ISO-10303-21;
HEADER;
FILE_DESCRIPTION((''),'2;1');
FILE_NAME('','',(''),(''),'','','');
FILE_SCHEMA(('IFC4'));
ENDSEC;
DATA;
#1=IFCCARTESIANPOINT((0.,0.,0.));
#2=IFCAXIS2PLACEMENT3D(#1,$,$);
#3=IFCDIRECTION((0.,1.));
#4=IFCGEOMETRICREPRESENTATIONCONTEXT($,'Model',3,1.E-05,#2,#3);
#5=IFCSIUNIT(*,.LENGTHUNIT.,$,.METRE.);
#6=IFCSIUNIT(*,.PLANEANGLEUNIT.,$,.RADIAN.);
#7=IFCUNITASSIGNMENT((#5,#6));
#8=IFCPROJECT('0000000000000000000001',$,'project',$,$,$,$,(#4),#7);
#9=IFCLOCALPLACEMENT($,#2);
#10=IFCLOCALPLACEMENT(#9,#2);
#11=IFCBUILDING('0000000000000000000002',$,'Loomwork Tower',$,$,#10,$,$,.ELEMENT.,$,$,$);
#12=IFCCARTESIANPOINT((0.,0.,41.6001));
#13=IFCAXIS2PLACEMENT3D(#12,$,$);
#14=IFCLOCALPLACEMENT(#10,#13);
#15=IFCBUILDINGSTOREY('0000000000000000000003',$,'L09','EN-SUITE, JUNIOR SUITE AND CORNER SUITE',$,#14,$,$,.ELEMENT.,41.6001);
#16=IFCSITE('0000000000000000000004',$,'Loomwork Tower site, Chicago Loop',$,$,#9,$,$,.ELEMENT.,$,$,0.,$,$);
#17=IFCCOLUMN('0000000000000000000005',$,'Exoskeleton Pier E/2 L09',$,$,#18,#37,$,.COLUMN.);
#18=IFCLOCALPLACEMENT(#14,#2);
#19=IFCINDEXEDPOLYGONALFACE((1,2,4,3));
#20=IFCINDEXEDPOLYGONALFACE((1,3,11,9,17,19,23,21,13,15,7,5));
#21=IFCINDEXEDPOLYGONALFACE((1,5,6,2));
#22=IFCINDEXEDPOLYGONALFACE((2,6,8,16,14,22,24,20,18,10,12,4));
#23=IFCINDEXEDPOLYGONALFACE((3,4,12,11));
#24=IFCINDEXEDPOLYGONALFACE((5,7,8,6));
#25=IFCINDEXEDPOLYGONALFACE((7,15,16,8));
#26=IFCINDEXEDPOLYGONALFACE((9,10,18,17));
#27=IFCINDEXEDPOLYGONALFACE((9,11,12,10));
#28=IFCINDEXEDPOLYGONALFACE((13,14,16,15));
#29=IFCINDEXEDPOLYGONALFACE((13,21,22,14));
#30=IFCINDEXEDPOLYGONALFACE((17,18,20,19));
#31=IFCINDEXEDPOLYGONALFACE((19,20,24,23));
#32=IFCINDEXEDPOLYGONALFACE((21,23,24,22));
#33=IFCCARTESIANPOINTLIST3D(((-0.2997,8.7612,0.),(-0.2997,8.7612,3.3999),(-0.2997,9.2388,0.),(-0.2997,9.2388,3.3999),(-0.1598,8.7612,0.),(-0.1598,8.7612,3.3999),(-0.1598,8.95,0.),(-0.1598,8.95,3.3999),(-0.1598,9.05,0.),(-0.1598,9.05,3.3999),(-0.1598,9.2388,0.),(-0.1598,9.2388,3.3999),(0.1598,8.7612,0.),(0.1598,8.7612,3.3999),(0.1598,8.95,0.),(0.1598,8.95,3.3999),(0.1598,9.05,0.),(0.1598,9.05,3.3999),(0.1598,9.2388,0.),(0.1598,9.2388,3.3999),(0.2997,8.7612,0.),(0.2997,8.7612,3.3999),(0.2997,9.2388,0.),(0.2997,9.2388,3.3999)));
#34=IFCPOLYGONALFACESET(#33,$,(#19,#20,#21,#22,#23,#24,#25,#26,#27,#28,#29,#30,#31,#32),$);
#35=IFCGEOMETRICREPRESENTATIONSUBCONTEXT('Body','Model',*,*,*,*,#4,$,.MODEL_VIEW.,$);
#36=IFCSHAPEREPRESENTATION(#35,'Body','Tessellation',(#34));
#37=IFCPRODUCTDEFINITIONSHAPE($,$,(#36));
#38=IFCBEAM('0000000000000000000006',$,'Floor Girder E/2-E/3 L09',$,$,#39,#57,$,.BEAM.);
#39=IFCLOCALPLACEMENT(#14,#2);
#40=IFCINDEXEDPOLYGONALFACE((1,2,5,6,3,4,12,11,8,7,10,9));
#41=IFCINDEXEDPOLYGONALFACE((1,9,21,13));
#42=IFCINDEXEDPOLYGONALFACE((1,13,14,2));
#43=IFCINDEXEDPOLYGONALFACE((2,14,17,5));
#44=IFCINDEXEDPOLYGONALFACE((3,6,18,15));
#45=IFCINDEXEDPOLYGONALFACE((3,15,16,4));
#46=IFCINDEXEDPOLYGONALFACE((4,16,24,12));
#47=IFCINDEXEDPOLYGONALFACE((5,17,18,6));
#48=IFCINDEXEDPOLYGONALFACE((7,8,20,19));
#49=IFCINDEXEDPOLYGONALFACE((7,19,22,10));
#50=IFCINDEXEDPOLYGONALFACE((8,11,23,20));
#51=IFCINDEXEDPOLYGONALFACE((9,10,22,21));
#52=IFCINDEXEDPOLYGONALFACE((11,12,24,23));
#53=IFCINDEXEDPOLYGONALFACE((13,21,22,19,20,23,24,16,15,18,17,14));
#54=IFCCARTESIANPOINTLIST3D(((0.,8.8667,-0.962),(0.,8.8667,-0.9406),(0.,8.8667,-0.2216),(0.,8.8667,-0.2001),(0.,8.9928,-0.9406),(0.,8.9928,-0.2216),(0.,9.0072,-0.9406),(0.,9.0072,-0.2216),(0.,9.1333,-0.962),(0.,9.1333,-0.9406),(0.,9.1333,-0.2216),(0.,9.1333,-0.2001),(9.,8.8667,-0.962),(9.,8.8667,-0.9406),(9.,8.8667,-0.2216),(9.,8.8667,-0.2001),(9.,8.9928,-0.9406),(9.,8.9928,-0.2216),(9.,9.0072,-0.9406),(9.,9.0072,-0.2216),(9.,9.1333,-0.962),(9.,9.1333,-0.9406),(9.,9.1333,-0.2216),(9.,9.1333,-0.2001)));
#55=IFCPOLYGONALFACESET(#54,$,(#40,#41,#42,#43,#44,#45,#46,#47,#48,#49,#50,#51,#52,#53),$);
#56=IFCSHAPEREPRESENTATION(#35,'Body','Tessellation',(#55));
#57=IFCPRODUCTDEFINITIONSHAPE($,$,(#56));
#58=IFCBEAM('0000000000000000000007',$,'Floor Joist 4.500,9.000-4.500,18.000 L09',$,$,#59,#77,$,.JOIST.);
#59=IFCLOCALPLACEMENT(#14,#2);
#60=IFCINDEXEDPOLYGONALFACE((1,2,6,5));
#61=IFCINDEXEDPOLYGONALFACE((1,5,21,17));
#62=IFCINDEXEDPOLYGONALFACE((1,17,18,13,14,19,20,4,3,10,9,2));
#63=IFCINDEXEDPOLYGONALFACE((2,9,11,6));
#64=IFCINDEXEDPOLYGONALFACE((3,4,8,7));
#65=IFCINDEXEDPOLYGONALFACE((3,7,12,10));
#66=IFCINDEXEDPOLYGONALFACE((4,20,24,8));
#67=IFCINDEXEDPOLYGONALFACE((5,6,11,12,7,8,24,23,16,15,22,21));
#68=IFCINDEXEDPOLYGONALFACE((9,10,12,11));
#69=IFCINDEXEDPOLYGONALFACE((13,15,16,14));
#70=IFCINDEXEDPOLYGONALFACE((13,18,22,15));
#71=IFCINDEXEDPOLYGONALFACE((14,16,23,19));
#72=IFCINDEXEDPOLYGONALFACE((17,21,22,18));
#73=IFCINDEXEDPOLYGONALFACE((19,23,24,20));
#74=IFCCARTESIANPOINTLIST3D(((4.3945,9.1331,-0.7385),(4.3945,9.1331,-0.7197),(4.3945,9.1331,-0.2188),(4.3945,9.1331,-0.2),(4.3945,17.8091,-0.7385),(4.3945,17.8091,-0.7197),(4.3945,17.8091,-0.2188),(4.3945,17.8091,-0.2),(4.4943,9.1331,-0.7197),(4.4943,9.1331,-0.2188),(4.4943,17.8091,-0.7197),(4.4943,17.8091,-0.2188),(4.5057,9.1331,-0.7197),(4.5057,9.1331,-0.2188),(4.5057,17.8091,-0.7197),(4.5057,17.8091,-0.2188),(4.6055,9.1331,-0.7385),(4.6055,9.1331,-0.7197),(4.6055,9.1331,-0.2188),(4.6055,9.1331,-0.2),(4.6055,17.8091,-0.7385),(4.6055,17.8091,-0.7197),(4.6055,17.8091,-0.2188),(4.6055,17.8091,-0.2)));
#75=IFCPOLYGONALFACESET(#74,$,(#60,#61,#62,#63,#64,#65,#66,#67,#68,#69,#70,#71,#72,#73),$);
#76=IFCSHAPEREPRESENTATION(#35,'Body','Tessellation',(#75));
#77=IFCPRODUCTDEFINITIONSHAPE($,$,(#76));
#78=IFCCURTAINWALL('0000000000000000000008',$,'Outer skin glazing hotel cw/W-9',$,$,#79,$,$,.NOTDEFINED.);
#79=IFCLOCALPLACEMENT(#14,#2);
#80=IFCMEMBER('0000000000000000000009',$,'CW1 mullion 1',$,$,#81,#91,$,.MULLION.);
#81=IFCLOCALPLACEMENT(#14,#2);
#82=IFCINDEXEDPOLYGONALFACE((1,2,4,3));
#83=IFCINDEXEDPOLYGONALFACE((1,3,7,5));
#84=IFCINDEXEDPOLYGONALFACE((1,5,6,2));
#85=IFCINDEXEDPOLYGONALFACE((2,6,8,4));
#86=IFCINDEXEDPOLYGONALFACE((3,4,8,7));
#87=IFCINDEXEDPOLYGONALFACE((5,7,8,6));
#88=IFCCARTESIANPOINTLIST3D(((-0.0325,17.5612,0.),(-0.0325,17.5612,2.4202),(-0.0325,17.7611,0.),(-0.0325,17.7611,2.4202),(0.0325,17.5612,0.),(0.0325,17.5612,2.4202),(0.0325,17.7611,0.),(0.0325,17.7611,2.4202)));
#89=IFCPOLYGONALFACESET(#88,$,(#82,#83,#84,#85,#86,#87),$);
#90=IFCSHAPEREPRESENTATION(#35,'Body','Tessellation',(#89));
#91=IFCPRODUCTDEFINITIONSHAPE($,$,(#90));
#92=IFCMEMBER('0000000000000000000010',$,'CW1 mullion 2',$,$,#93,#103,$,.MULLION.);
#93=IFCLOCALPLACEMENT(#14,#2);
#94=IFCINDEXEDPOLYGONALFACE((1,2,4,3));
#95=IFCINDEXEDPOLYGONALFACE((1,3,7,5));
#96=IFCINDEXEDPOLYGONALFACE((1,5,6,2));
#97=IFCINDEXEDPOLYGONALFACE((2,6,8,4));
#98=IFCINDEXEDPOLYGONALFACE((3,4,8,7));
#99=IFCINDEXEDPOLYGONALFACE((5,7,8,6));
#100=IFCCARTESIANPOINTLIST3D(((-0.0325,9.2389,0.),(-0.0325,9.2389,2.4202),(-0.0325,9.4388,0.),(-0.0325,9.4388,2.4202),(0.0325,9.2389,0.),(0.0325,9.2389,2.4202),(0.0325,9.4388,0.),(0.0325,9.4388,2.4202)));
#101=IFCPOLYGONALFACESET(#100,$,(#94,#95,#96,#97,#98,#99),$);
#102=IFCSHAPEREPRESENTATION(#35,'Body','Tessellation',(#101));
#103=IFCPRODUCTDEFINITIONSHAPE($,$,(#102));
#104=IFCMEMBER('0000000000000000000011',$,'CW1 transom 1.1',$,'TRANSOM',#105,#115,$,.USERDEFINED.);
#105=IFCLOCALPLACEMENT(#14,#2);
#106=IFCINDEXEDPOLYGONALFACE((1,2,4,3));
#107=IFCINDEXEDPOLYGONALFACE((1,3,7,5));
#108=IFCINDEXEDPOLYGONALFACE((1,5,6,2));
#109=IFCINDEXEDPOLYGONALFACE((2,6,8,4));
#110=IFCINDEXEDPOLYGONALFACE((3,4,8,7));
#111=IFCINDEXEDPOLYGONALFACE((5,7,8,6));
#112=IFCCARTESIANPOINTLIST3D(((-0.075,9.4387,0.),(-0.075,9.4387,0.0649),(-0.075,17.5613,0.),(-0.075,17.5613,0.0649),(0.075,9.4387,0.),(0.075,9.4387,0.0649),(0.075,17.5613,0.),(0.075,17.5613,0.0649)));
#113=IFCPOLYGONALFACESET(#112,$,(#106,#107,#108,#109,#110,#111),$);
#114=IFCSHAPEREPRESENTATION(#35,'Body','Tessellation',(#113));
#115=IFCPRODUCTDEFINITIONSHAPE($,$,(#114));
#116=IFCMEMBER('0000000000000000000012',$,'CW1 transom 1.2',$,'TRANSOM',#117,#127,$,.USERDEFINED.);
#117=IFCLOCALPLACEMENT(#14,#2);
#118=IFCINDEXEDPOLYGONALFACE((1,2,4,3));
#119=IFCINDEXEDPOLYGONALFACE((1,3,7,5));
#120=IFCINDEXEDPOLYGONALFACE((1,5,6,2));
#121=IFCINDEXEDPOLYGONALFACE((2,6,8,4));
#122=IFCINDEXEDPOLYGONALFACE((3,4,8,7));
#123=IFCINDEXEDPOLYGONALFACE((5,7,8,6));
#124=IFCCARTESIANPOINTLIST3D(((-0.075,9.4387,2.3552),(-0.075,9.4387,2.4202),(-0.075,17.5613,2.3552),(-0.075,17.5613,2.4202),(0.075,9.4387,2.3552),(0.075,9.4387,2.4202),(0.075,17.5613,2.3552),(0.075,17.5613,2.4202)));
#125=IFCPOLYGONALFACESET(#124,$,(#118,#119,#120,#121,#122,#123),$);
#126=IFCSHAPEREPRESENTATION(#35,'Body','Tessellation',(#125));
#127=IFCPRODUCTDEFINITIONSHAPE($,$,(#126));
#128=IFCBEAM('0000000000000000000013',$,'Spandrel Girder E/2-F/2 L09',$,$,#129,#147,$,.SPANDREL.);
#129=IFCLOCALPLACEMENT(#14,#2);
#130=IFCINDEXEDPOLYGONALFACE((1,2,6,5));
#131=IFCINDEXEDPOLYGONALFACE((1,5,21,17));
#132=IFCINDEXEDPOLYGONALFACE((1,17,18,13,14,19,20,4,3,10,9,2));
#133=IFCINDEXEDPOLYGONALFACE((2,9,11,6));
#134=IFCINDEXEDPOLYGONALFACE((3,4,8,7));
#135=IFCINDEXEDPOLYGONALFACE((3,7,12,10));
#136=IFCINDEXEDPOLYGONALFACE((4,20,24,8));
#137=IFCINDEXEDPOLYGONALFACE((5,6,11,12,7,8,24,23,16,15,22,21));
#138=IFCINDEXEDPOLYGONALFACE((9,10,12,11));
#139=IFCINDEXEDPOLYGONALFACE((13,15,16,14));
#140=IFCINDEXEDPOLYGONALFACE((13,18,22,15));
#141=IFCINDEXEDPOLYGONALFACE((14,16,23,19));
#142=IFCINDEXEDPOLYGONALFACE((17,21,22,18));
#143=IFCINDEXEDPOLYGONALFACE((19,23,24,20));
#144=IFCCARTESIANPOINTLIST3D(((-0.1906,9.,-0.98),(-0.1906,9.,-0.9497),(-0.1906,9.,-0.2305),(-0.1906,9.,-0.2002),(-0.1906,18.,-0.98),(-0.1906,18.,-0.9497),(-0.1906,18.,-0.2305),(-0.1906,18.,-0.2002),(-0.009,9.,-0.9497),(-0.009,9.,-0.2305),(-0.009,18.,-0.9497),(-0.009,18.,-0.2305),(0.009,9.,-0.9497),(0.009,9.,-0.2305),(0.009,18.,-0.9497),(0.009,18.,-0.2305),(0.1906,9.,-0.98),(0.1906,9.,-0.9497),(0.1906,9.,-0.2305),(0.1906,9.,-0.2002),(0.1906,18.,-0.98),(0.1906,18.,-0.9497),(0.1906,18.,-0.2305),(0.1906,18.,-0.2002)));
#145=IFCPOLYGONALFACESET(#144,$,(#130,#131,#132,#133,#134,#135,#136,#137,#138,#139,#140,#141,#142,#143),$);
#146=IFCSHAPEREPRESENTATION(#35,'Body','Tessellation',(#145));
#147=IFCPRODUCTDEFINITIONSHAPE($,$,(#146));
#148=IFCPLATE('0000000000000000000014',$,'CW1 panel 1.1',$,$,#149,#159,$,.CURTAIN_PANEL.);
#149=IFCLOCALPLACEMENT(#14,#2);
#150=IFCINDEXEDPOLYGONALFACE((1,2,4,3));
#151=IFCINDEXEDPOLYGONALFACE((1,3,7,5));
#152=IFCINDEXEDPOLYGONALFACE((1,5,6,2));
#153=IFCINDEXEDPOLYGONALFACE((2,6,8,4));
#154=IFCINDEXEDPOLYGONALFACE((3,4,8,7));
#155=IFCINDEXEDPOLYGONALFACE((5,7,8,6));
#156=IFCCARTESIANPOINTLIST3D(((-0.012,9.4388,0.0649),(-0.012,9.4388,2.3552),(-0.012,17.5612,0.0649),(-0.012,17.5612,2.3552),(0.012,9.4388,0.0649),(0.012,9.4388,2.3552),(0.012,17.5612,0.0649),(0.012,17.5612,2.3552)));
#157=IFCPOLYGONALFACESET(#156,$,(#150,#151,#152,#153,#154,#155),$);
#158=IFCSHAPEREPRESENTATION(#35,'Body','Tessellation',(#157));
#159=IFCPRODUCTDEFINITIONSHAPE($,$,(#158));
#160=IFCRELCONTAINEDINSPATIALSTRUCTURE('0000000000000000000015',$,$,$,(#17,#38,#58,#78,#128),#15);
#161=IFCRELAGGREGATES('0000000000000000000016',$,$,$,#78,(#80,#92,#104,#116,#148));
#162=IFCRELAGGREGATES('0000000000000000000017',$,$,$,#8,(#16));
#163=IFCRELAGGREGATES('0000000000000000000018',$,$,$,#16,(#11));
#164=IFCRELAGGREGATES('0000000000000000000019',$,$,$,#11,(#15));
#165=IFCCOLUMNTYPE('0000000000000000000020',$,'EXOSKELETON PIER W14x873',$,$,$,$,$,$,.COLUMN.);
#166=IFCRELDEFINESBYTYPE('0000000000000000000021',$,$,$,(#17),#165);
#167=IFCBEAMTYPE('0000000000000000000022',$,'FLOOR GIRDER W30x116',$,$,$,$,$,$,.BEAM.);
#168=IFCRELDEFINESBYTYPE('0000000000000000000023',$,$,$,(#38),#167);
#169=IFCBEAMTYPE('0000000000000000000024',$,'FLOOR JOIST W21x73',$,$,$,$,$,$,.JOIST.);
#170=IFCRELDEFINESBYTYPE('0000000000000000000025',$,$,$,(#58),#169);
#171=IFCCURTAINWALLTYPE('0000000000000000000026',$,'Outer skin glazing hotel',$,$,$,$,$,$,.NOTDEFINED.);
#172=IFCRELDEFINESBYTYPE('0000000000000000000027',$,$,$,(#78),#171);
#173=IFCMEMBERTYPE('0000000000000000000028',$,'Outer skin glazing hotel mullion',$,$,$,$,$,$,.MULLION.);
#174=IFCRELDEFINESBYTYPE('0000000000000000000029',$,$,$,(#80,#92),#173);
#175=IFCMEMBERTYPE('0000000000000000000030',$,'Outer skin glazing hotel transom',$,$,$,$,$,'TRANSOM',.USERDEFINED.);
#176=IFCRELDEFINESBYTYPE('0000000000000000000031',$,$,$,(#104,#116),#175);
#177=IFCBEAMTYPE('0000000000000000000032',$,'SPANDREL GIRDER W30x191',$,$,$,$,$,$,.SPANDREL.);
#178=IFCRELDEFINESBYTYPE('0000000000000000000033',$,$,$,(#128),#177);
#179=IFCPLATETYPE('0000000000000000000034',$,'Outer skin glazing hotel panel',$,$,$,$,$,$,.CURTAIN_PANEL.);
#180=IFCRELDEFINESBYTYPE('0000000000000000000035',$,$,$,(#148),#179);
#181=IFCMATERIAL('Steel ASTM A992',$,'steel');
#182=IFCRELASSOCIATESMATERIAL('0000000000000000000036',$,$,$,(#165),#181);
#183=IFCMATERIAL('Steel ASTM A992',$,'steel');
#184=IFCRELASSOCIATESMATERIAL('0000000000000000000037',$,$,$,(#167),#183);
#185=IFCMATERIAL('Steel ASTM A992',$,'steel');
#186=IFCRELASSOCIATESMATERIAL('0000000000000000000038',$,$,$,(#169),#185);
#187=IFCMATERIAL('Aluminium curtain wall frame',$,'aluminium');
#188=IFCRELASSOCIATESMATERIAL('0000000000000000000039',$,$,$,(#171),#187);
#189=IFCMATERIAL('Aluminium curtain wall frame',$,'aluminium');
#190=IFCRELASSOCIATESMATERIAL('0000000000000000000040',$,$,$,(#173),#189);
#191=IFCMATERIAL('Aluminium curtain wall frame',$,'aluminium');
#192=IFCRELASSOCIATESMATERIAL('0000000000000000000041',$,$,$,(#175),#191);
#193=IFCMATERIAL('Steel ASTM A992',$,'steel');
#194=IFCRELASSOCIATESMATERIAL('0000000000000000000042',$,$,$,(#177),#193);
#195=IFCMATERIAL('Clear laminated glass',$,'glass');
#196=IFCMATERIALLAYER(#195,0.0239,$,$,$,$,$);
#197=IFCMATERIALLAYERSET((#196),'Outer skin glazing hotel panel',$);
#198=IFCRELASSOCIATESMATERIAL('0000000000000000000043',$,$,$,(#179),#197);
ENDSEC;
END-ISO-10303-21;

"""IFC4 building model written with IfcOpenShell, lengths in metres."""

from ifc_helpers import new_model, si_unit, direction, frame, origin, origin_2d, place, context, subcontext, project, spatial, rectangle, i_section, extrude, material, layer, layer_set, material_profile, profile_set, type_object, element, aggregate, save


model = new_model("IFC4")

# Units and contexts
model_context = context("Model", 3, precision=1e-05, world=origin(), true_north=direction((0.0, 1.0)))
body_context = subcontext(model_context, "Body", "Model", "MODEL_VIEW")
ifc_project = project(units=[si_unit("LENGTHUNIT", "METRE"), si_unit("PLANEANGLEUNIT", "RADIAN")], contexts=[model_context])

# Site, building, storey
site_placement = place(None, origin())
site = spatial("IfcSite", under=ifc_project, at=site_placement, Name="Loomwork Tower site, Chicago Loop", CompositionType="ELEMENT", RefElevation=0.0)
building_placement = place(site_placement, origin())
building = spatial("IfcBuilding", under=site, at=building_placement, Name="Loomwork Tower", CompositionType="ELEMENT")
storey_placement = place(building_placement, frame((0.0, 0.0, 41.6001)))
storey = spatial("IfcBuildingStorey", under=building, at=storey_placement, Name="L09", Description="EN-SUITE, JUNIOR SUITE AND CORNER SUITE", CompositionType="ELEMENT", Elevation=41.6001)

# Column
ifc_material_1 = material(Name="Steel ASTM A992", Category="steel")
ifc_material_profile_1 = material_profile(ifc_material_1, i_section(OverallWidth=0.4775, OverallDepth=0.5994, WebThickness=0.1001, FlangeThickness=0.1399, at=origin_2d()), Name="W14x873")
ifc_profile_set_1 = profile_set([ifc_material_profile_1], Name="Steel ASTM A992")
column_type = type_object("IfcColumnType", Name="EXOSKELETON PIER W14x873", PredefinedType="COLUMN", material=ifc_profile_set_1)
column_placement = place(storey_placement, frame((0.0, 9.0, 0.0), z_axis=(0.0, 0.0, 1.0), x_axis=(0.0, 1.0, 0.0)))
element("IfcColumn", 1, at=column_placement, inside=storey, type_object=column_type, Name="Exoskeleton Pier E/2 L09", PredefinedType="COLUMN", context=body_context, shape_type="SweptSolid", body=[
    extrude(i_section(OverallWidth=0.4775, OverallDepth=0.5994, WebThickness=0.1001, FlangeThickness=0.1399, at=origin_2d()), origin(), (0.0, 0.0, 1.0), 3.3999),
])

# Beams
ifc_material_2 = material(Name="Steel ASTM A992", Category="steel")
ifc_material_profile_2 = material_profile(ifc_material_2, i_section(OverallWidth=0.2666, OverallDepth=0.762, WebThickness=0.0144, FlangeThickness=0.0215, at=origin_2d()), Name="W30x116")
ifc_profile_set_2 = profile_set([ifc_material_profile_2], Name="Steel ASTM A992")
beam_type_1 = type_object("IfcBeamType", Name="FLOOR GIRDER W30x116", PredefinedType="BEAM", material=ifc_profile_set_2)
beam_1_placement = place(storey_placement, frame((0.0, 9.0, -0.5811), z_axis=(1.0, 0.0, 0.0), x_axis=(0.0, 1.0, 0.0)))
element("IfcBeam", 2, at=beam_1_placement, inside=storey, type_object=beam_type_1, Name="Floor Girder E/2-E/3 L09", PredefinedType="BEAM", context=body_context, shape_type="SweptSolid", body=[
    extrude(i_section(OverallWidth=0.2666, OverallDepth=0.762, WebThickness=0.0144, FlangeThickness=0.0215, at=origin_2d()), origin(), (0.0, 0.0, 1.0), 9.0),
])
ifc_material_3 = material(Name="Steel ASTM A992", Category="steel")
ifc_material_profile_3 = material_profile(ifc_material_3, i_section(OverallWidth=0.2109, OverallDepth=0.5386, WebThickness=0.0115, FlangeThickness=0.0188, at=origin_2d()), Name="W21x73")
ifc_profile_set_3 = profile_set([ifc_material_profile_3], Name="Steel ASTM A992")
beam_type_2 = type_object("IfcBeamType", Name="FLOOR JOIST W21x73", PredefinedType="JOIST", material=ifc_profile_set_3)
beam_2_placement = place(storey_placement, frame((4.5, 9.1331, -0.4692), z_axis=(0.0, 1.0, 0.0), x_axis=(-1.0, 0.0, 0.0)))
element("IfcBeam", 3, at=beam_2_placement, inside=storey, type_object=beam_type_2, Name="Floor Joist 4.500,9.000-4.500,18.000 L09", PredefinedType="JOIST", context=body_context, shape_type="SweptSolid", body=[
    extrude(i_section(OverallWidth=0.2109, OverallDepth=0.5386, WebThickness=0.0115, FlangeThickness=0.0188, at=origin_2d()), origin(), (0.0, 0.0, 1.0), 8.676),
])

# Curtain wall, members
ifc_material_4 = material(Name="Aluminium curtain wall frame", Category="aluminium")
curtain_wall_type = type_object("IfcCurtainWallType", Name="Outer skin glazing hotel", PredefinedType="NOTDEFINED", material=ifc_material_4)
curtain_wall_placement = place(storey_placement, origin())
curtain_wall = element("IfcCurtainWall", 4, at=curtain_wall_placement, inside=storey, type_object=curtain_wall_type, Name="Outer skin glazing hotel cw/W-9", PredefinedType="NOTDEFINED")
ifc_material_5 = material(Name="Aluminium curtain wall frame", Category="aluminium")
ifc_material_profile_4 = material_profile(ifc_material_5, rectangle(XDim=0.0649, YDim=0.2, at=origin_2d()), Name="AL 65x200")
ifc_profile_set_4 = profile_set([ifc_material_profile_4], Name="Aluminium curtain wall frame")
member_type_1 = type_object("IfcMemberType", Name="Outer skin glazing hotel mullion", PredefinedType="MULLION", material=ifc_profile_set_4)
member_1_placement = place(storey_placement, frame((0.0, 17.6611, 0.0), z_axis=(0.0, 0.0, 1.0), x_axis=(1.0, 0.0, 0.0)))
member_1 = element("IfcMember", 5, at=member_1_placement, type_object=member_type_1, Name="CW1 mullion 1", PredefinedType="MULLION", context=body_context, shape_type="SweptSolid", body=[
    extrude(rectangle(XDim=0.0649, YDim=0.2, at=origin_2d()), origin(), (0.0, 0.0, 1.0), 2.4202),
])
member_2_placement = place(storey_placement, frame((0.0, 9.3389, 0.0), z_axis=(0.0, 0.0, 1.0), x_axis=(1.0, 0.0, 0.0)))
member_2 = element("IfcMember", 6, at=member_2_placement, type_object=member_type_1, Name="CW1 mullion 2", PredefinedType="MULLION", context=body_context, shape_type="SweptSolid", body=[
    extrude(rectangle(XDim=0.0649, YDim=0.2, at=origin_2d()), origin(), (0.0, 0.0, 1.0), 2.4202),
])
ifc_material_6 = material(Name="Aluminium curtain wall frame", Category="aluminium")
ifc_material_profile_5 = material_profile(ifc_material_6, rectangle(XDim=0.1499, YDim=0.0649, at=origin_2d()), Name="AL 65x150")
ifc_profile_set_5 = profile_set([ifc_material_profile_5], Name="Aluminium curtain wall frame")
member_type_2 = type_object("IfcMemberType", Name="Outer skin glazing hotel transom", ElementType="TRANSOM", PredefinedType="USERDEFINED", material=ifc_profile_set_5)
member_3_placement = place(storey_placement, frame((0.0, 17.5613, 0.0325), z_axis=(0.0, -1.0, 0.0), x_axis=(1.0, 0.0, 0.0)))
member_3 = element("IfcMember", 7, at=member_3_placement, type_object=member_type_2, Name="CW1 transom 1.1", ObjectType="TRANSOM", PredefinedType="USERDEFINED", context=body_context, shape_type="SweptSolid", body=[
    extrude(rectangle(XDim=0.1499, YDim=0.0649, at=origin_2d()), origin(), (0.0, 0.0, 1.0), 8.1226),
])
member_4_placement = place(storey_placement, frame((0.0, 17.5613, 2.3877), z_axis=(0.0, -1.0, 0.0), x_axis=(1.0, 0.0, 0.0)))
member_4 = element("IfcMember", 8, at=member_4_placement, type_object=member_type_2, Name="CW1 transom 1.2", ObjectType="TRANSOM", PredefinedType="USERDEFINED", context=body_context, shape_type="SweptSolid", body=[
    extrude(rectangle(XDim=0.1499, YDim=0.0649, at=origin_2d()), origin(), (0.0, 0.0, 1.0), 8.1226),
])

# Beam
ifc_material_7 = material(Name="Steel ASTM A992", Category="steel")
ifc_material_profile_6 = material_profile(ifc_material_7, i_section(OverallWidth=0.3811, OverallDepth=0.7798, WebThickness=0.0181, FlangeThickness=0.0303, at=origin_2d()), Name="W30x191")
ifc_profile_set_6 = profile_set([ifc_material_profile_6], Name="Steel ASTM A992")
beam_type_3 = type_object("IfcBeamType", Name="SPANDREL GIRDER W30x191", PredefinedType="SPANDREL", material=ifc_profile_set_6)
beam_3_placement = place(storey_placement, frame((0.0, 9.0, -0.5901), z_axis=(0.0, 1.0, 0.0), x_axis=(-1.0, 0.0, 0.0)))
element("IfcBeam", 9, at=beam_3_placement, inside=storey, type_object=beam_type_3, Name="Spandrel Girder E/2-F/2 L09", PredefinedType="SPANDREL", context=body_context, shape_type="SweptSolid", body=[
    extrude(i_section(OverallWidth=0.3811, OverallDepth=0.7798, WebThickness=0.0181, FlangeThickness=0.0303, at=origin_2d()), origin(), (0.0, 0.0, 1.0), 9.0),
])

# Plate
ifc_material_8 = material(Name="Clear laminated glass", Category="glass")
ifc_layer_1 = layer(ifc_material_8, 0.0239)
ifc_layer_set_1 = layer_set([ifc_layer_1], Name="Outer skin glazing hotel panel")
plate_type = type_object("IfcPlateType", Name="Outer skin glazing hotel panel", PredefinedType="CURTAIN_PANEL", material=ifc_layer_set_1)
plate_placement = place(storey_placement, frame((0.0, 13.5, 0.0649), z_axis=(0.0, 0.0, 1.0), x_axis=(0.0, -1.0, 0.0)))
plate = element("IfcPlate", 10, at=plate_placement, type_object=plate_type, Name="CW1 panel 1.1", PredefinedType="CURTAIN_PANEL", context=body_context, shape_type="SweptSolid", body=[
    extrude(rectangle(XDim=8.1223, YDim=0.0239, at=origin_2d()), origin(), (0.0, 0.0, 1.0), 2.2903),
])
aggregate(curtain_wall, [member_1, member_2, member_3, member_4, plate])

save(model, "model.ifc")
